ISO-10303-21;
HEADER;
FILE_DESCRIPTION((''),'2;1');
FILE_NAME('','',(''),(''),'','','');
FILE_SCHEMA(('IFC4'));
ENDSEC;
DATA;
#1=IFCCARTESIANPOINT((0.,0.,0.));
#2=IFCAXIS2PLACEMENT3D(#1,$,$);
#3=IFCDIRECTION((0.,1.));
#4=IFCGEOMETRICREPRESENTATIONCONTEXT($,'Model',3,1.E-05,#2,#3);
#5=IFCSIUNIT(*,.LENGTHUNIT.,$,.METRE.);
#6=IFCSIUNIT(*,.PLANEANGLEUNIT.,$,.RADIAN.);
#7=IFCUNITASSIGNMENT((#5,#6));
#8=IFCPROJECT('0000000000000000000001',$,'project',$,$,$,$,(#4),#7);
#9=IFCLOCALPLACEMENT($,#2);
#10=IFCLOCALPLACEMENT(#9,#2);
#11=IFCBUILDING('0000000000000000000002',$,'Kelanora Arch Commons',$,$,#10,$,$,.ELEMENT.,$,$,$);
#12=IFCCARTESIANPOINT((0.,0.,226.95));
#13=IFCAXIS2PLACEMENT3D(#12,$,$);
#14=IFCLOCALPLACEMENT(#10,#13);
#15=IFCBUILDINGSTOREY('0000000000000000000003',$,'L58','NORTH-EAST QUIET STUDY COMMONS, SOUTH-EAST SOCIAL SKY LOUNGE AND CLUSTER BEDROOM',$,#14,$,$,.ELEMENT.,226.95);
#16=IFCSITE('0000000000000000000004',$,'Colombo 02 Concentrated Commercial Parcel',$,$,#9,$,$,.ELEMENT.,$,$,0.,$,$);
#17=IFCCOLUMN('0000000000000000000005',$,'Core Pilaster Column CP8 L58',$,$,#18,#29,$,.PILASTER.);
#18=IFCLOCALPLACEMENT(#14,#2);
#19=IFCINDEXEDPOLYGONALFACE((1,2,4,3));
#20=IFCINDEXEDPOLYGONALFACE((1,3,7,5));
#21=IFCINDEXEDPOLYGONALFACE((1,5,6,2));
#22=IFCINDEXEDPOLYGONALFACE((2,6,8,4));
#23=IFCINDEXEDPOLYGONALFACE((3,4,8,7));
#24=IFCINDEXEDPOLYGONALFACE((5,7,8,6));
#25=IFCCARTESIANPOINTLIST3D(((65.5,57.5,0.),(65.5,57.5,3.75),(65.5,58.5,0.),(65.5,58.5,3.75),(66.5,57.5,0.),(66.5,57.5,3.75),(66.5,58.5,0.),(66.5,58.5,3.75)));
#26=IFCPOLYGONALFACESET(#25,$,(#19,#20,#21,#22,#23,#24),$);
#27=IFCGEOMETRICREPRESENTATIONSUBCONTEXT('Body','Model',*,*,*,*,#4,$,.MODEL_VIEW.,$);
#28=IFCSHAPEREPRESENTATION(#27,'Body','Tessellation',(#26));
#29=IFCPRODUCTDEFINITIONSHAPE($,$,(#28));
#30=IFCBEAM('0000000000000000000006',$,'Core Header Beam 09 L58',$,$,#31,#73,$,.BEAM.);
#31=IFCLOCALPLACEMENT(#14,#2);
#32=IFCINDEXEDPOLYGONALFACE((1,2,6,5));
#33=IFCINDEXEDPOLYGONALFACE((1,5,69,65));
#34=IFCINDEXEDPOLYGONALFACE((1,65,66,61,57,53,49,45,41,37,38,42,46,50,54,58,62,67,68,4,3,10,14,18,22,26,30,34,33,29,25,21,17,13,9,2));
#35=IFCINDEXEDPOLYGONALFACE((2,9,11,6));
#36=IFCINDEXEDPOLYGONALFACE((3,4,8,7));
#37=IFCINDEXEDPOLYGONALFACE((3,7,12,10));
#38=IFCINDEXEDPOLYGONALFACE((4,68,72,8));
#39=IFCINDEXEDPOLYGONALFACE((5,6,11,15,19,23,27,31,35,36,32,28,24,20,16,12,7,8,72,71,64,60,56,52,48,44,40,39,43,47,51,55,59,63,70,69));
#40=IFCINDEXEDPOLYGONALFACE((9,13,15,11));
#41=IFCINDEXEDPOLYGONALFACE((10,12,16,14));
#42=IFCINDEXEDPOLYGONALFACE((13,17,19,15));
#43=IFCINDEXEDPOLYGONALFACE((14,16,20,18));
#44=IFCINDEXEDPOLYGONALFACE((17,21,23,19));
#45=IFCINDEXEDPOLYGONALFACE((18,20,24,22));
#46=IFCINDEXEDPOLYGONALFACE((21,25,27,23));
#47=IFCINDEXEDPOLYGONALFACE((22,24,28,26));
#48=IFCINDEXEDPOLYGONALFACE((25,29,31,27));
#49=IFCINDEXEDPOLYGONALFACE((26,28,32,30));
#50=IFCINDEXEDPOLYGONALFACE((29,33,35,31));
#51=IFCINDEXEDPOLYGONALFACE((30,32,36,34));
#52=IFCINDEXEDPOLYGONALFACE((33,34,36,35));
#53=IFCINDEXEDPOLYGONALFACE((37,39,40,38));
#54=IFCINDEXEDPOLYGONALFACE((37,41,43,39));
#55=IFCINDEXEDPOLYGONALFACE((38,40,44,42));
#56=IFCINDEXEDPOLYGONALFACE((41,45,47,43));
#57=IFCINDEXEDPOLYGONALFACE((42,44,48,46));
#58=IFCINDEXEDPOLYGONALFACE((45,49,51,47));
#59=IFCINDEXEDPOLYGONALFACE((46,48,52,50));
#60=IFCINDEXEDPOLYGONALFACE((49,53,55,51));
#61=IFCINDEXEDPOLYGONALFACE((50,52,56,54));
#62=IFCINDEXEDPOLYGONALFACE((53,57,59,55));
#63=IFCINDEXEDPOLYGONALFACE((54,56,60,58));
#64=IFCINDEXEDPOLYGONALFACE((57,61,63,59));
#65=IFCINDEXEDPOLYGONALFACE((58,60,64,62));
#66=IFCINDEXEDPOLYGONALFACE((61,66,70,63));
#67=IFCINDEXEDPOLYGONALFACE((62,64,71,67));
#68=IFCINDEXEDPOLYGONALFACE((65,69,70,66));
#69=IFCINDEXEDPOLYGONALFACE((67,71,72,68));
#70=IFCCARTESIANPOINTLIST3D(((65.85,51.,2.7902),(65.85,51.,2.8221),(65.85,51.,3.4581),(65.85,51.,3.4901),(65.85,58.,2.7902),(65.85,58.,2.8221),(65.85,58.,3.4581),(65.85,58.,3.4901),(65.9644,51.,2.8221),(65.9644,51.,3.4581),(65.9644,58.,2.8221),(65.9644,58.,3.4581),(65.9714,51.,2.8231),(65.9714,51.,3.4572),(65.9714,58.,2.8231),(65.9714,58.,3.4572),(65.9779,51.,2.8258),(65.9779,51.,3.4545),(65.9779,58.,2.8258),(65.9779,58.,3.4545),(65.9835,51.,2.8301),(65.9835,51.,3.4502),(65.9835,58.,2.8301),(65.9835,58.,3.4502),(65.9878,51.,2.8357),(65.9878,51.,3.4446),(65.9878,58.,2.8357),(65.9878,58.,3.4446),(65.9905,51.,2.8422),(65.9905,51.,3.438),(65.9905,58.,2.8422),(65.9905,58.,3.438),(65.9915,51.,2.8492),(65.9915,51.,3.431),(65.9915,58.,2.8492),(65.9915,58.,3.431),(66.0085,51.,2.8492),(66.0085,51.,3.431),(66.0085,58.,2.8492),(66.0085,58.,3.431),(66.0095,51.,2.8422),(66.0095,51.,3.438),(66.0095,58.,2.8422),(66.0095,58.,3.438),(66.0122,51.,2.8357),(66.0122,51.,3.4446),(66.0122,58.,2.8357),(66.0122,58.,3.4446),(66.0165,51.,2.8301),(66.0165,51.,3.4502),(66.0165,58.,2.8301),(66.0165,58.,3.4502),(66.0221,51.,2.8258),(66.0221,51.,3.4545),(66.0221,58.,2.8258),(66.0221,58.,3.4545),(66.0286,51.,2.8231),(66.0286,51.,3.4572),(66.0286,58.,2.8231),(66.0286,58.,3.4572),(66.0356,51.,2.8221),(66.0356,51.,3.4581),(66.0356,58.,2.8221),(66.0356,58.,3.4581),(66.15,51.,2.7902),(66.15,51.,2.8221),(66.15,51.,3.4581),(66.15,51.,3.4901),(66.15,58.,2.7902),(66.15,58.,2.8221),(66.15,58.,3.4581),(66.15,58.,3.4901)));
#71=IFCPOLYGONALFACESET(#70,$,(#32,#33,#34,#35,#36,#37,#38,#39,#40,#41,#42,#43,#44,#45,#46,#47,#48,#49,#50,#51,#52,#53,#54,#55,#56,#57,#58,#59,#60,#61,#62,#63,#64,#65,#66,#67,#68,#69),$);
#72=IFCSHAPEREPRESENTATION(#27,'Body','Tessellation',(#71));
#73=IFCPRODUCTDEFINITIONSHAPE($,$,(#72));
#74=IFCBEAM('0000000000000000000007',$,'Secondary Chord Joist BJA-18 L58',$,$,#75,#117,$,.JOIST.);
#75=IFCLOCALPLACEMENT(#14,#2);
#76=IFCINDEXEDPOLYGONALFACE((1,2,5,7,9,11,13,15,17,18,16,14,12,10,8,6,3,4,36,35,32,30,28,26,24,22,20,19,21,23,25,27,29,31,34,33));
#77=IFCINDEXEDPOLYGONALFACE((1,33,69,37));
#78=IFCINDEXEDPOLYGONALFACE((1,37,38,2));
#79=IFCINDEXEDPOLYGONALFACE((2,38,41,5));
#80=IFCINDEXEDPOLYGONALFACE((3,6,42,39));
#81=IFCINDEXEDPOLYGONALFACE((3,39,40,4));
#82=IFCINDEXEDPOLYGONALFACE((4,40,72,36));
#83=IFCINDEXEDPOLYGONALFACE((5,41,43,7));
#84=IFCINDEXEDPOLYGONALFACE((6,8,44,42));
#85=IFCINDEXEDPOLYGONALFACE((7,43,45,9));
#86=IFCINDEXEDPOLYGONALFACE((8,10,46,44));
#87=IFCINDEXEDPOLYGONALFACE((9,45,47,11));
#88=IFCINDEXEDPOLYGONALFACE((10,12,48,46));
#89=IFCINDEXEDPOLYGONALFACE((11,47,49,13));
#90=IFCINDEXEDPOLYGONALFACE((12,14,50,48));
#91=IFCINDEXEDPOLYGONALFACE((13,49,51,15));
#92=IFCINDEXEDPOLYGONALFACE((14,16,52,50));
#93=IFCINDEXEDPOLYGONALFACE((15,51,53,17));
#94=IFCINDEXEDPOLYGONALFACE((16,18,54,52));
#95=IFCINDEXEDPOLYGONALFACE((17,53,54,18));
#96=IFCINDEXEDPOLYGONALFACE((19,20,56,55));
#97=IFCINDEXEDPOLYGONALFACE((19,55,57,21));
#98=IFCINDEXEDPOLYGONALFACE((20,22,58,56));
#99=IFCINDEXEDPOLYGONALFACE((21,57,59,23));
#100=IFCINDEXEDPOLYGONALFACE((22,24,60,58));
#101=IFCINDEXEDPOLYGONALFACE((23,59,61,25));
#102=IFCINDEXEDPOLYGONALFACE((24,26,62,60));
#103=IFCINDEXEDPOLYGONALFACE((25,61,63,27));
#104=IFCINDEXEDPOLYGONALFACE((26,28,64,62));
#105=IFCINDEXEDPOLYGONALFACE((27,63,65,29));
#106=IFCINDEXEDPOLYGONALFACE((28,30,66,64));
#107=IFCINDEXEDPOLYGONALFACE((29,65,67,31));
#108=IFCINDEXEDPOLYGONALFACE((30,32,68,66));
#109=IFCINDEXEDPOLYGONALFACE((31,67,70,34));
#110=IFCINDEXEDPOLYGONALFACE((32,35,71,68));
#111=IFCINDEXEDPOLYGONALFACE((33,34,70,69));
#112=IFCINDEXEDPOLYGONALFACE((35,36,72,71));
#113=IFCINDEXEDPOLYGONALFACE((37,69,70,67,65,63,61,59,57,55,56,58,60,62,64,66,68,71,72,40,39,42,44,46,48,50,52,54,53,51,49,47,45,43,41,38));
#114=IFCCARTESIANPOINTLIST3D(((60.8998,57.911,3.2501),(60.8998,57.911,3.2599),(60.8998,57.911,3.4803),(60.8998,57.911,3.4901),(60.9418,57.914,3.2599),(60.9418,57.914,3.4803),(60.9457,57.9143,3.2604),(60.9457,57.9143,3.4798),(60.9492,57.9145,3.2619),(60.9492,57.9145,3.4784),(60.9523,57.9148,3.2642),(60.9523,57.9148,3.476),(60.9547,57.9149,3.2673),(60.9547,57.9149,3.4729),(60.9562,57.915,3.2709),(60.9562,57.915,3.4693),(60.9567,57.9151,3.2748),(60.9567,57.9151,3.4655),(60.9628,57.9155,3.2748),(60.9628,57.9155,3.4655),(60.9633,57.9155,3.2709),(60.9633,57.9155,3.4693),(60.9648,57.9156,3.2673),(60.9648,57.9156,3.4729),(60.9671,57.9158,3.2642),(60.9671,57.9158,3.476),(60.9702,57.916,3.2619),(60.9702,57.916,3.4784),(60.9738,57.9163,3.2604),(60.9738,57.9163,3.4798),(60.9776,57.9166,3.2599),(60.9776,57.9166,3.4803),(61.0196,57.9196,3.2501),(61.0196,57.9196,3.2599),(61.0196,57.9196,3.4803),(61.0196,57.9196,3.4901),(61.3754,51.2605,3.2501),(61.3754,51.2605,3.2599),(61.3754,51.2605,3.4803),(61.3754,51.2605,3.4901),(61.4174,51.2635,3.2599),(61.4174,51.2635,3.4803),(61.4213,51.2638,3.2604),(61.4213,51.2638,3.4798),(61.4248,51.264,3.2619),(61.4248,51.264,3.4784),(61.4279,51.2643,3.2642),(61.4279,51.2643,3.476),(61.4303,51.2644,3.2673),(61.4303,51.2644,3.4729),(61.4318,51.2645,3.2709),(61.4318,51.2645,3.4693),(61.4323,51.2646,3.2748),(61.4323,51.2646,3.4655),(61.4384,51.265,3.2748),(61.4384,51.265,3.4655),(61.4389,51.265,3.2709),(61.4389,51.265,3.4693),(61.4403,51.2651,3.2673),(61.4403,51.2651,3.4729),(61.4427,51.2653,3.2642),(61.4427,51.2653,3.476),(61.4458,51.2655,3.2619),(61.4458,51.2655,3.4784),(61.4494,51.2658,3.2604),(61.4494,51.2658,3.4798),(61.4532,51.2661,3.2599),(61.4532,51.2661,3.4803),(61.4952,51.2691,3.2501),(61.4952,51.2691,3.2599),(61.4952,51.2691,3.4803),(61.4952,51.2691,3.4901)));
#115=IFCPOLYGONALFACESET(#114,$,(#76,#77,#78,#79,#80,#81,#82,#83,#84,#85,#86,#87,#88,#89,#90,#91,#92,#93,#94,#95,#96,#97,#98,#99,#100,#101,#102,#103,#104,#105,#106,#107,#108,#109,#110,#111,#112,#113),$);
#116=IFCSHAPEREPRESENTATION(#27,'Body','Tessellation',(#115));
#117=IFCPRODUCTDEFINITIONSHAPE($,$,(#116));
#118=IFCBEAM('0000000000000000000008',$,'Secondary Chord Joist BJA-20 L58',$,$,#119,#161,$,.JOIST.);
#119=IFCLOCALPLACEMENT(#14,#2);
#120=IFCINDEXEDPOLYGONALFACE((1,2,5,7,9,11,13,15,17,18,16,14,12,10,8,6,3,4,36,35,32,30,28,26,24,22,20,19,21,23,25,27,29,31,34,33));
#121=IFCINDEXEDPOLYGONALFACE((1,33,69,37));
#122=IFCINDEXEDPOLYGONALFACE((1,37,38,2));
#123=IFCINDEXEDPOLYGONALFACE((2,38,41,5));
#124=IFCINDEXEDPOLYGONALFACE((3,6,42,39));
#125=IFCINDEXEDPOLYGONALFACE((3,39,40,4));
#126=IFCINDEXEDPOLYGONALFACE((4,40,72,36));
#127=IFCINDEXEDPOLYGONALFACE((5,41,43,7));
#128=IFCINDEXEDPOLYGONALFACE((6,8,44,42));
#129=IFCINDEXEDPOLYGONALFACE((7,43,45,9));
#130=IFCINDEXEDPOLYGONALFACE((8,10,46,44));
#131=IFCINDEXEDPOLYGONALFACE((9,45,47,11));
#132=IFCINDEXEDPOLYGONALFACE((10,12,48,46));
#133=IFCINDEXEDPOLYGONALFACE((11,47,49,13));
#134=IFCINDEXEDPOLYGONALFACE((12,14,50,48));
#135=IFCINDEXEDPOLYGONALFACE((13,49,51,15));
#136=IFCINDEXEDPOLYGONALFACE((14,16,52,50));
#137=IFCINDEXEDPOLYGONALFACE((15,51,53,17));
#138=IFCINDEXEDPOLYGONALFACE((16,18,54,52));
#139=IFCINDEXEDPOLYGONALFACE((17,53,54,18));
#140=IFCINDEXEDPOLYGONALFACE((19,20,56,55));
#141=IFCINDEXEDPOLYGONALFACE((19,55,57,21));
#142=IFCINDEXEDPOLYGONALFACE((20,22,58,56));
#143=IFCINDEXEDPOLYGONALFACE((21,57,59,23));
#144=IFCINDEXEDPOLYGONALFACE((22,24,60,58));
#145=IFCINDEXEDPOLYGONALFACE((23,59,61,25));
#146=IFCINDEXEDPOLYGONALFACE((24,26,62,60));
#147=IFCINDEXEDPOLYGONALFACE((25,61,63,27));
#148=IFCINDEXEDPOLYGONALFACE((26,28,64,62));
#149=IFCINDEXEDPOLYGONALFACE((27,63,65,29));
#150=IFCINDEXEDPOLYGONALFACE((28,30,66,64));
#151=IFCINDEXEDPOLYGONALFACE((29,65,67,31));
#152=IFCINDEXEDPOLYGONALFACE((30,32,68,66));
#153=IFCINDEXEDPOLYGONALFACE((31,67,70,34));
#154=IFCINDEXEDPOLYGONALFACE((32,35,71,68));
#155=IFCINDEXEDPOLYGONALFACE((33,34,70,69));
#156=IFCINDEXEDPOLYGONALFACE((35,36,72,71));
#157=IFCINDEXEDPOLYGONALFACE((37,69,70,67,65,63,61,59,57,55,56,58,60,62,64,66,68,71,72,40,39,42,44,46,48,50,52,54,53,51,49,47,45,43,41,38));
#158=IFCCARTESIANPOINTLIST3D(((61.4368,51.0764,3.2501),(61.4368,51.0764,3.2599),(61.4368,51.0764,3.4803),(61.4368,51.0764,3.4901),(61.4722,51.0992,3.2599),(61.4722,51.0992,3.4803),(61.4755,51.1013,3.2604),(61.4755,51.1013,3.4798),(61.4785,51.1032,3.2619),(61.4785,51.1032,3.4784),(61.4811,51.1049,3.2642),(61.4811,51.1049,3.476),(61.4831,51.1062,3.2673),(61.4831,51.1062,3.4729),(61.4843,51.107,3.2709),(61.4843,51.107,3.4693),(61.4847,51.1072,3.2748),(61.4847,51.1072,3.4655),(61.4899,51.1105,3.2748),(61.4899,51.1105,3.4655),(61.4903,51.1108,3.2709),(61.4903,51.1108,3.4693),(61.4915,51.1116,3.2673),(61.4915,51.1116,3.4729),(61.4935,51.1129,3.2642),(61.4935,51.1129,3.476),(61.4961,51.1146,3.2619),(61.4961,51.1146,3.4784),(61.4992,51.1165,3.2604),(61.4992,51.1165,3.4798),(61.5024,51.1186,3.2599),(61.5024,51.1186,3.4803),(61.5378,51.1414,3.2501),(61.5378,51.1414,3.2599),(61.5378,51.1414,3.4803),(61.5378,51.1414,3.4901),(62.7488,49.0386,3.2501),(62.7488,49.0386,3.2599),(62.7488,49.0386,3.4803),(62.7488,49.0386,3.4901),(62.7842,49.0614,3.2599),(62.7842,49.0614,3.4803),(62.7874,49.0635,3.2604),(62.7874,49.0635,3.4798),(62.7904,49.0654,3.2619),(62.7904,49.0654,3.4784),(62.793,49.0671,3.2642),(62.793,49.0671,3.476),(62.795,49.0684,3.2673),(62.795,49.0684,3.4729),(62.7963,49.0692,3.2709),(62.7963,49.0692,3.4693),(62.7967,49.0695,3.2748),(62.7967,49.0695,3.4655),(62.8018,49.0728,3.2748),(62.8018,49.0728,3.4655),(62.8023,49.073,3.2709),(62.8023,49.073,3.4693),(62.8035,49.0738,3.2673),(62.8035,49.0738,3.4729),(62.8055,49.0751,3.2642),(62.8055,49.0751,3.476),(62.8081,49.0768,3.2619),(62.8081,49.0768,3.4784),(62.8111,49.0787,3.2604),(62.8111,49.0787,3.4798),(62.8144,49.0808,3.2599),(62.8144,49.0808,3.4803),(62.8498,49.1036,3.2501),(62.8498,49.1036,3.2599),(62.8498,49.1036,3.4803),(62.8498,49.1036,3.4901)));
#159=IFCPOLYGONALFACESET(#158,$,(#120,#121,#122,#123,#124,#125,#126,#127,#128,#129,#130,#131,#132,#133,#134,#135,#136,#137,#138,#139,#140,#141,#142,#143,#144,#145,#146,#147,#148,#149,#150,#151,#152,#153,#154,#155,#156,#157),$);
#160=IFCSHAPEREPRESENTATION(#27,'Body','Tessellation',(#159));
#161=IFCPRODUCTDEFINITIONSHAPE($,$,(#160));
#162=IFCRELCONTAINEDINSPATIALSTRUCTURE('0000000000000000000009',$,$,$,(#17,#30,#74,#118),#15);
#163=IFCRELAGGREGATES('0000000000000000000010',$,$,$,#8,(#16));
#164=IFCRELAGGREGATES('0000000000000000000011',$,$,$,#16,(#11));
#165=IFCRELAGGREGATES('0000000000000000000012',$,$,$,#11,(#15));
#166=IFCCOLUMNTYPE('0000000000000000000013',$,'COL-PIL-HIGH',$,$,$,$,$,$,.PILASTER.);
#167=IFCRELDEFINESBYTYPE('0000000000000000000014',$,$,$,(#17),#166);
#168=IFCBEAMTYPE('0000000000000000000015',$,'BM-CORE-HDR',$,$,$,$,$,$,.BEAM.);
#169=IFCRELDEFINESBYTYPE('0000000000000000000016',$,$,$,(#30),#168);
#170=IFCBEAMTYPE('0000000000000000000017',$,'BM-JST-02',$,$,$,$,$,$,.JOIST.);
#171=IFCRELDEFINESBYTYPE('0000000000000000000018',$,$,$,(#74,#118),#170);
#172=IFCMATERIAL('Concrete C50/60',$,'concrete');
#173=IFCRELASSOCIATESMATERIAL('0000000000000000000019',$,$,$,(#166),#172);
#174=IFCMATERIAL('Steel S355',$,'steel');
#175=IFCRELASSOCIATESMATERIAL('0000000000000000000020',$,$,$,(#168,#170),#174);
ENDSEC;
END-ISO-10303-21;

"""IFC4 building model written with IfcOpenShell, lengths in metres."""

from ifc_helpers import new_model, si_unit, direction, frame, origin, origin_2d, place, context, subcontext, project, spatial, rectangle, i_section, extrude, material, material_profile, profile_set, type_object, element, save


model = new_model("IFC4")

# Units and contexts
model_context = context("Model", 3, precision=1e-05, world=origin(), true_north=direction((0.0, 1.0)))
body_context = subcontext(model_context, "Body", "Model", "MODEL_VIEW")
ifc_project = project(units=[si_unit("LENGTHUNIT", "METRE"), si_unit("PLANEANGLEUNIT", "RADIAN")], contexts=[model_context])

# Site, building, storey
site_placement = place(None, origin())
site = spatial("IfcSite", under=ifc_project, at=site_placement, Name="Colombo 02 Concentrated Commercial Parcel", CompositionType="ELEMENT", RefElevation=0.0)
building_placement = place(site_placement, origin())
building = spatial("IfcBuilding", under=site, at=building_placement, Name="Kelanora Arch Commons", CompositionType="ELEMENT")
storey_placement = place(building_placement, frame((0.0, 0.0, 226.95)))
storey = spatial("IfcBuildingStorey", under=building, at=storey_placement, Name="L58", Description="NORTH-EAST QUIET STUDY COMMONS, SOUTH-EAST SOCIAL SKY LOUNGE AND CLUSTER BEDROOM", CompositionType="ELEMENT", Elevation=226.95)

# Column
ifc_material_1 = material(Name="Concrete C50/60", Category="concrete")
ifc_material_profile_1 = material_profile(ifc_material_1, rectangle(XDim=1.0, YDim=1.0, at=origin_2d()), Name="RC1000x1000")
ifc_profile_set_1 = profile_set([ifc_material_profile_1], Name="Concrete C50/60")
column_type = type_object("IfcColumnType", Name="COL-PIL-HIGH", PredefinedType="PILASTER", material=ifc_profile_set_1)
column_placement = place(storey_placement, frame((66.0, 58.0, 0.0), z_axis=(0.0, 0.0, 1.0), x_axis=(1.0, 0.0, 0.0)))
element("IfcColumn", 1, at=column_placement, inside=storey, type_object=column_type, Name="Core Pilaster Column CP8 L58", PredefinedType="PILASTER", context=body_context, shape_type="SweptSolid", body=[
    extrude(rectangle(XDim=1.0, YDim=1.0, at=origin_2d()), origin(), (0.0, 0.0, 1.0), 3.75),
])

# Beams
ifc_material_2 = material(Name="Steel S355", Category="steel")
ifc_material_profile_2 = material_profile(ifc_material_2, i_section(OverallWidth=0.3, OverallDepth=0.7, WebThickness=0.0171, FlangeThickness=0.032, FilletRadius=0.0271, at=origin_2d()), Name="HEB700")
ifc_profile_set_2 = profile_set([ifc_material_profile_2], Name="Steel S355")
beam_type_1 = type_object("IfcBeamType", Name="BM-CORE-HDR", PredefinedType="BEAM", material=ifc_profile_set_2)
beam_1_placement = place(storey_placement, frame((66.0, 58.0, 3.1401), z_axis=(0.0, -1.0, 0.0), x_axis=(1.0, 0.0, 0.0)))
element("IfcBeam", 2, at=beam_1_placement, inside=storey, type_object=beam_type_1, Name="Core Header Beam 09 L58", PredefinedType="BEAM", context=body_context, shape_type="SweptSolid", body=[
    extrude(i_section(OverallWidth=0.3, OverallDepth=0.7, WebThickness=0.0171, FlangeThickness=0.032, FilletRadius=0.0271, at=origin_2d()), origin(), (0.0, 0.0, 1.0), 7.0),
])
ifc_material_profile_3 = material_profile(ifc_material_2, i_section(OverallWidth=0.1201, OverallDepth=0.24, WebThickness=0.0061, FlangeThickness=0.0098, FilletRadius=0.0149, at=origin_2d()), Name="IPE240")
ifc_profile_set_3 = profile_set([ifc_material_profile_3], Name="Steel S355")
beam_type_2 = type_object("IfcBeamType", Name="BM-JST-02", PredefinedType="JOIST", material=ifc_profile_set_3)
beam_2_placement = place(storey_placement, frame((60.9597, 57.9153, 3.3701), z_axis=(0.07133, -0.997453, 0.0), x_axis=(0.997453, 0.07133, 0.0)))
element("IfcBeam", 3, at=beam_2_placement, inside=storey, type_object=beam_type_2, Name="Secondary Chord Joist BJA-18 L58", PredefinedType="JOIST", context=body_context, shape_type="SweptSolid", body=[
    extrude(i_section(OverallWidth=0.1201, OverallDepth=0.24, WebThickness=0.0061, FlangeThickness=0.0098, FilletRadius=0.0149, at=origin_2d()), origin(), (0.0, 0.0, 1.0), 6.6675),
])
beam_3_placement = place(storey_placement, frame((61.4873, 51.1089, 3.3701), z_axis=(0.541333, -0.840808, 0.0), x_axis=(0.840808, 0.541333, 0.0)))
element("IfcBeam", 4, at=beam_3_placement, inside=storey, type_object=beam_type_2, Name="Secondary Chord Joist BJA-20 L58", PredefinedType="JOIST", context=body_context, shape_type="SweptSolid", body=[
    extrude(i_section(OverallWidth=0.1201, OverallDepth=0.24, WebThickness=0.0061, FlangeThickness=0.0098, FilletRadius=0.0149, at=origin_2d()), origin(), (0.0, 0.0, 1.0), 2.4236),
])

save(model, "model.ifc")
